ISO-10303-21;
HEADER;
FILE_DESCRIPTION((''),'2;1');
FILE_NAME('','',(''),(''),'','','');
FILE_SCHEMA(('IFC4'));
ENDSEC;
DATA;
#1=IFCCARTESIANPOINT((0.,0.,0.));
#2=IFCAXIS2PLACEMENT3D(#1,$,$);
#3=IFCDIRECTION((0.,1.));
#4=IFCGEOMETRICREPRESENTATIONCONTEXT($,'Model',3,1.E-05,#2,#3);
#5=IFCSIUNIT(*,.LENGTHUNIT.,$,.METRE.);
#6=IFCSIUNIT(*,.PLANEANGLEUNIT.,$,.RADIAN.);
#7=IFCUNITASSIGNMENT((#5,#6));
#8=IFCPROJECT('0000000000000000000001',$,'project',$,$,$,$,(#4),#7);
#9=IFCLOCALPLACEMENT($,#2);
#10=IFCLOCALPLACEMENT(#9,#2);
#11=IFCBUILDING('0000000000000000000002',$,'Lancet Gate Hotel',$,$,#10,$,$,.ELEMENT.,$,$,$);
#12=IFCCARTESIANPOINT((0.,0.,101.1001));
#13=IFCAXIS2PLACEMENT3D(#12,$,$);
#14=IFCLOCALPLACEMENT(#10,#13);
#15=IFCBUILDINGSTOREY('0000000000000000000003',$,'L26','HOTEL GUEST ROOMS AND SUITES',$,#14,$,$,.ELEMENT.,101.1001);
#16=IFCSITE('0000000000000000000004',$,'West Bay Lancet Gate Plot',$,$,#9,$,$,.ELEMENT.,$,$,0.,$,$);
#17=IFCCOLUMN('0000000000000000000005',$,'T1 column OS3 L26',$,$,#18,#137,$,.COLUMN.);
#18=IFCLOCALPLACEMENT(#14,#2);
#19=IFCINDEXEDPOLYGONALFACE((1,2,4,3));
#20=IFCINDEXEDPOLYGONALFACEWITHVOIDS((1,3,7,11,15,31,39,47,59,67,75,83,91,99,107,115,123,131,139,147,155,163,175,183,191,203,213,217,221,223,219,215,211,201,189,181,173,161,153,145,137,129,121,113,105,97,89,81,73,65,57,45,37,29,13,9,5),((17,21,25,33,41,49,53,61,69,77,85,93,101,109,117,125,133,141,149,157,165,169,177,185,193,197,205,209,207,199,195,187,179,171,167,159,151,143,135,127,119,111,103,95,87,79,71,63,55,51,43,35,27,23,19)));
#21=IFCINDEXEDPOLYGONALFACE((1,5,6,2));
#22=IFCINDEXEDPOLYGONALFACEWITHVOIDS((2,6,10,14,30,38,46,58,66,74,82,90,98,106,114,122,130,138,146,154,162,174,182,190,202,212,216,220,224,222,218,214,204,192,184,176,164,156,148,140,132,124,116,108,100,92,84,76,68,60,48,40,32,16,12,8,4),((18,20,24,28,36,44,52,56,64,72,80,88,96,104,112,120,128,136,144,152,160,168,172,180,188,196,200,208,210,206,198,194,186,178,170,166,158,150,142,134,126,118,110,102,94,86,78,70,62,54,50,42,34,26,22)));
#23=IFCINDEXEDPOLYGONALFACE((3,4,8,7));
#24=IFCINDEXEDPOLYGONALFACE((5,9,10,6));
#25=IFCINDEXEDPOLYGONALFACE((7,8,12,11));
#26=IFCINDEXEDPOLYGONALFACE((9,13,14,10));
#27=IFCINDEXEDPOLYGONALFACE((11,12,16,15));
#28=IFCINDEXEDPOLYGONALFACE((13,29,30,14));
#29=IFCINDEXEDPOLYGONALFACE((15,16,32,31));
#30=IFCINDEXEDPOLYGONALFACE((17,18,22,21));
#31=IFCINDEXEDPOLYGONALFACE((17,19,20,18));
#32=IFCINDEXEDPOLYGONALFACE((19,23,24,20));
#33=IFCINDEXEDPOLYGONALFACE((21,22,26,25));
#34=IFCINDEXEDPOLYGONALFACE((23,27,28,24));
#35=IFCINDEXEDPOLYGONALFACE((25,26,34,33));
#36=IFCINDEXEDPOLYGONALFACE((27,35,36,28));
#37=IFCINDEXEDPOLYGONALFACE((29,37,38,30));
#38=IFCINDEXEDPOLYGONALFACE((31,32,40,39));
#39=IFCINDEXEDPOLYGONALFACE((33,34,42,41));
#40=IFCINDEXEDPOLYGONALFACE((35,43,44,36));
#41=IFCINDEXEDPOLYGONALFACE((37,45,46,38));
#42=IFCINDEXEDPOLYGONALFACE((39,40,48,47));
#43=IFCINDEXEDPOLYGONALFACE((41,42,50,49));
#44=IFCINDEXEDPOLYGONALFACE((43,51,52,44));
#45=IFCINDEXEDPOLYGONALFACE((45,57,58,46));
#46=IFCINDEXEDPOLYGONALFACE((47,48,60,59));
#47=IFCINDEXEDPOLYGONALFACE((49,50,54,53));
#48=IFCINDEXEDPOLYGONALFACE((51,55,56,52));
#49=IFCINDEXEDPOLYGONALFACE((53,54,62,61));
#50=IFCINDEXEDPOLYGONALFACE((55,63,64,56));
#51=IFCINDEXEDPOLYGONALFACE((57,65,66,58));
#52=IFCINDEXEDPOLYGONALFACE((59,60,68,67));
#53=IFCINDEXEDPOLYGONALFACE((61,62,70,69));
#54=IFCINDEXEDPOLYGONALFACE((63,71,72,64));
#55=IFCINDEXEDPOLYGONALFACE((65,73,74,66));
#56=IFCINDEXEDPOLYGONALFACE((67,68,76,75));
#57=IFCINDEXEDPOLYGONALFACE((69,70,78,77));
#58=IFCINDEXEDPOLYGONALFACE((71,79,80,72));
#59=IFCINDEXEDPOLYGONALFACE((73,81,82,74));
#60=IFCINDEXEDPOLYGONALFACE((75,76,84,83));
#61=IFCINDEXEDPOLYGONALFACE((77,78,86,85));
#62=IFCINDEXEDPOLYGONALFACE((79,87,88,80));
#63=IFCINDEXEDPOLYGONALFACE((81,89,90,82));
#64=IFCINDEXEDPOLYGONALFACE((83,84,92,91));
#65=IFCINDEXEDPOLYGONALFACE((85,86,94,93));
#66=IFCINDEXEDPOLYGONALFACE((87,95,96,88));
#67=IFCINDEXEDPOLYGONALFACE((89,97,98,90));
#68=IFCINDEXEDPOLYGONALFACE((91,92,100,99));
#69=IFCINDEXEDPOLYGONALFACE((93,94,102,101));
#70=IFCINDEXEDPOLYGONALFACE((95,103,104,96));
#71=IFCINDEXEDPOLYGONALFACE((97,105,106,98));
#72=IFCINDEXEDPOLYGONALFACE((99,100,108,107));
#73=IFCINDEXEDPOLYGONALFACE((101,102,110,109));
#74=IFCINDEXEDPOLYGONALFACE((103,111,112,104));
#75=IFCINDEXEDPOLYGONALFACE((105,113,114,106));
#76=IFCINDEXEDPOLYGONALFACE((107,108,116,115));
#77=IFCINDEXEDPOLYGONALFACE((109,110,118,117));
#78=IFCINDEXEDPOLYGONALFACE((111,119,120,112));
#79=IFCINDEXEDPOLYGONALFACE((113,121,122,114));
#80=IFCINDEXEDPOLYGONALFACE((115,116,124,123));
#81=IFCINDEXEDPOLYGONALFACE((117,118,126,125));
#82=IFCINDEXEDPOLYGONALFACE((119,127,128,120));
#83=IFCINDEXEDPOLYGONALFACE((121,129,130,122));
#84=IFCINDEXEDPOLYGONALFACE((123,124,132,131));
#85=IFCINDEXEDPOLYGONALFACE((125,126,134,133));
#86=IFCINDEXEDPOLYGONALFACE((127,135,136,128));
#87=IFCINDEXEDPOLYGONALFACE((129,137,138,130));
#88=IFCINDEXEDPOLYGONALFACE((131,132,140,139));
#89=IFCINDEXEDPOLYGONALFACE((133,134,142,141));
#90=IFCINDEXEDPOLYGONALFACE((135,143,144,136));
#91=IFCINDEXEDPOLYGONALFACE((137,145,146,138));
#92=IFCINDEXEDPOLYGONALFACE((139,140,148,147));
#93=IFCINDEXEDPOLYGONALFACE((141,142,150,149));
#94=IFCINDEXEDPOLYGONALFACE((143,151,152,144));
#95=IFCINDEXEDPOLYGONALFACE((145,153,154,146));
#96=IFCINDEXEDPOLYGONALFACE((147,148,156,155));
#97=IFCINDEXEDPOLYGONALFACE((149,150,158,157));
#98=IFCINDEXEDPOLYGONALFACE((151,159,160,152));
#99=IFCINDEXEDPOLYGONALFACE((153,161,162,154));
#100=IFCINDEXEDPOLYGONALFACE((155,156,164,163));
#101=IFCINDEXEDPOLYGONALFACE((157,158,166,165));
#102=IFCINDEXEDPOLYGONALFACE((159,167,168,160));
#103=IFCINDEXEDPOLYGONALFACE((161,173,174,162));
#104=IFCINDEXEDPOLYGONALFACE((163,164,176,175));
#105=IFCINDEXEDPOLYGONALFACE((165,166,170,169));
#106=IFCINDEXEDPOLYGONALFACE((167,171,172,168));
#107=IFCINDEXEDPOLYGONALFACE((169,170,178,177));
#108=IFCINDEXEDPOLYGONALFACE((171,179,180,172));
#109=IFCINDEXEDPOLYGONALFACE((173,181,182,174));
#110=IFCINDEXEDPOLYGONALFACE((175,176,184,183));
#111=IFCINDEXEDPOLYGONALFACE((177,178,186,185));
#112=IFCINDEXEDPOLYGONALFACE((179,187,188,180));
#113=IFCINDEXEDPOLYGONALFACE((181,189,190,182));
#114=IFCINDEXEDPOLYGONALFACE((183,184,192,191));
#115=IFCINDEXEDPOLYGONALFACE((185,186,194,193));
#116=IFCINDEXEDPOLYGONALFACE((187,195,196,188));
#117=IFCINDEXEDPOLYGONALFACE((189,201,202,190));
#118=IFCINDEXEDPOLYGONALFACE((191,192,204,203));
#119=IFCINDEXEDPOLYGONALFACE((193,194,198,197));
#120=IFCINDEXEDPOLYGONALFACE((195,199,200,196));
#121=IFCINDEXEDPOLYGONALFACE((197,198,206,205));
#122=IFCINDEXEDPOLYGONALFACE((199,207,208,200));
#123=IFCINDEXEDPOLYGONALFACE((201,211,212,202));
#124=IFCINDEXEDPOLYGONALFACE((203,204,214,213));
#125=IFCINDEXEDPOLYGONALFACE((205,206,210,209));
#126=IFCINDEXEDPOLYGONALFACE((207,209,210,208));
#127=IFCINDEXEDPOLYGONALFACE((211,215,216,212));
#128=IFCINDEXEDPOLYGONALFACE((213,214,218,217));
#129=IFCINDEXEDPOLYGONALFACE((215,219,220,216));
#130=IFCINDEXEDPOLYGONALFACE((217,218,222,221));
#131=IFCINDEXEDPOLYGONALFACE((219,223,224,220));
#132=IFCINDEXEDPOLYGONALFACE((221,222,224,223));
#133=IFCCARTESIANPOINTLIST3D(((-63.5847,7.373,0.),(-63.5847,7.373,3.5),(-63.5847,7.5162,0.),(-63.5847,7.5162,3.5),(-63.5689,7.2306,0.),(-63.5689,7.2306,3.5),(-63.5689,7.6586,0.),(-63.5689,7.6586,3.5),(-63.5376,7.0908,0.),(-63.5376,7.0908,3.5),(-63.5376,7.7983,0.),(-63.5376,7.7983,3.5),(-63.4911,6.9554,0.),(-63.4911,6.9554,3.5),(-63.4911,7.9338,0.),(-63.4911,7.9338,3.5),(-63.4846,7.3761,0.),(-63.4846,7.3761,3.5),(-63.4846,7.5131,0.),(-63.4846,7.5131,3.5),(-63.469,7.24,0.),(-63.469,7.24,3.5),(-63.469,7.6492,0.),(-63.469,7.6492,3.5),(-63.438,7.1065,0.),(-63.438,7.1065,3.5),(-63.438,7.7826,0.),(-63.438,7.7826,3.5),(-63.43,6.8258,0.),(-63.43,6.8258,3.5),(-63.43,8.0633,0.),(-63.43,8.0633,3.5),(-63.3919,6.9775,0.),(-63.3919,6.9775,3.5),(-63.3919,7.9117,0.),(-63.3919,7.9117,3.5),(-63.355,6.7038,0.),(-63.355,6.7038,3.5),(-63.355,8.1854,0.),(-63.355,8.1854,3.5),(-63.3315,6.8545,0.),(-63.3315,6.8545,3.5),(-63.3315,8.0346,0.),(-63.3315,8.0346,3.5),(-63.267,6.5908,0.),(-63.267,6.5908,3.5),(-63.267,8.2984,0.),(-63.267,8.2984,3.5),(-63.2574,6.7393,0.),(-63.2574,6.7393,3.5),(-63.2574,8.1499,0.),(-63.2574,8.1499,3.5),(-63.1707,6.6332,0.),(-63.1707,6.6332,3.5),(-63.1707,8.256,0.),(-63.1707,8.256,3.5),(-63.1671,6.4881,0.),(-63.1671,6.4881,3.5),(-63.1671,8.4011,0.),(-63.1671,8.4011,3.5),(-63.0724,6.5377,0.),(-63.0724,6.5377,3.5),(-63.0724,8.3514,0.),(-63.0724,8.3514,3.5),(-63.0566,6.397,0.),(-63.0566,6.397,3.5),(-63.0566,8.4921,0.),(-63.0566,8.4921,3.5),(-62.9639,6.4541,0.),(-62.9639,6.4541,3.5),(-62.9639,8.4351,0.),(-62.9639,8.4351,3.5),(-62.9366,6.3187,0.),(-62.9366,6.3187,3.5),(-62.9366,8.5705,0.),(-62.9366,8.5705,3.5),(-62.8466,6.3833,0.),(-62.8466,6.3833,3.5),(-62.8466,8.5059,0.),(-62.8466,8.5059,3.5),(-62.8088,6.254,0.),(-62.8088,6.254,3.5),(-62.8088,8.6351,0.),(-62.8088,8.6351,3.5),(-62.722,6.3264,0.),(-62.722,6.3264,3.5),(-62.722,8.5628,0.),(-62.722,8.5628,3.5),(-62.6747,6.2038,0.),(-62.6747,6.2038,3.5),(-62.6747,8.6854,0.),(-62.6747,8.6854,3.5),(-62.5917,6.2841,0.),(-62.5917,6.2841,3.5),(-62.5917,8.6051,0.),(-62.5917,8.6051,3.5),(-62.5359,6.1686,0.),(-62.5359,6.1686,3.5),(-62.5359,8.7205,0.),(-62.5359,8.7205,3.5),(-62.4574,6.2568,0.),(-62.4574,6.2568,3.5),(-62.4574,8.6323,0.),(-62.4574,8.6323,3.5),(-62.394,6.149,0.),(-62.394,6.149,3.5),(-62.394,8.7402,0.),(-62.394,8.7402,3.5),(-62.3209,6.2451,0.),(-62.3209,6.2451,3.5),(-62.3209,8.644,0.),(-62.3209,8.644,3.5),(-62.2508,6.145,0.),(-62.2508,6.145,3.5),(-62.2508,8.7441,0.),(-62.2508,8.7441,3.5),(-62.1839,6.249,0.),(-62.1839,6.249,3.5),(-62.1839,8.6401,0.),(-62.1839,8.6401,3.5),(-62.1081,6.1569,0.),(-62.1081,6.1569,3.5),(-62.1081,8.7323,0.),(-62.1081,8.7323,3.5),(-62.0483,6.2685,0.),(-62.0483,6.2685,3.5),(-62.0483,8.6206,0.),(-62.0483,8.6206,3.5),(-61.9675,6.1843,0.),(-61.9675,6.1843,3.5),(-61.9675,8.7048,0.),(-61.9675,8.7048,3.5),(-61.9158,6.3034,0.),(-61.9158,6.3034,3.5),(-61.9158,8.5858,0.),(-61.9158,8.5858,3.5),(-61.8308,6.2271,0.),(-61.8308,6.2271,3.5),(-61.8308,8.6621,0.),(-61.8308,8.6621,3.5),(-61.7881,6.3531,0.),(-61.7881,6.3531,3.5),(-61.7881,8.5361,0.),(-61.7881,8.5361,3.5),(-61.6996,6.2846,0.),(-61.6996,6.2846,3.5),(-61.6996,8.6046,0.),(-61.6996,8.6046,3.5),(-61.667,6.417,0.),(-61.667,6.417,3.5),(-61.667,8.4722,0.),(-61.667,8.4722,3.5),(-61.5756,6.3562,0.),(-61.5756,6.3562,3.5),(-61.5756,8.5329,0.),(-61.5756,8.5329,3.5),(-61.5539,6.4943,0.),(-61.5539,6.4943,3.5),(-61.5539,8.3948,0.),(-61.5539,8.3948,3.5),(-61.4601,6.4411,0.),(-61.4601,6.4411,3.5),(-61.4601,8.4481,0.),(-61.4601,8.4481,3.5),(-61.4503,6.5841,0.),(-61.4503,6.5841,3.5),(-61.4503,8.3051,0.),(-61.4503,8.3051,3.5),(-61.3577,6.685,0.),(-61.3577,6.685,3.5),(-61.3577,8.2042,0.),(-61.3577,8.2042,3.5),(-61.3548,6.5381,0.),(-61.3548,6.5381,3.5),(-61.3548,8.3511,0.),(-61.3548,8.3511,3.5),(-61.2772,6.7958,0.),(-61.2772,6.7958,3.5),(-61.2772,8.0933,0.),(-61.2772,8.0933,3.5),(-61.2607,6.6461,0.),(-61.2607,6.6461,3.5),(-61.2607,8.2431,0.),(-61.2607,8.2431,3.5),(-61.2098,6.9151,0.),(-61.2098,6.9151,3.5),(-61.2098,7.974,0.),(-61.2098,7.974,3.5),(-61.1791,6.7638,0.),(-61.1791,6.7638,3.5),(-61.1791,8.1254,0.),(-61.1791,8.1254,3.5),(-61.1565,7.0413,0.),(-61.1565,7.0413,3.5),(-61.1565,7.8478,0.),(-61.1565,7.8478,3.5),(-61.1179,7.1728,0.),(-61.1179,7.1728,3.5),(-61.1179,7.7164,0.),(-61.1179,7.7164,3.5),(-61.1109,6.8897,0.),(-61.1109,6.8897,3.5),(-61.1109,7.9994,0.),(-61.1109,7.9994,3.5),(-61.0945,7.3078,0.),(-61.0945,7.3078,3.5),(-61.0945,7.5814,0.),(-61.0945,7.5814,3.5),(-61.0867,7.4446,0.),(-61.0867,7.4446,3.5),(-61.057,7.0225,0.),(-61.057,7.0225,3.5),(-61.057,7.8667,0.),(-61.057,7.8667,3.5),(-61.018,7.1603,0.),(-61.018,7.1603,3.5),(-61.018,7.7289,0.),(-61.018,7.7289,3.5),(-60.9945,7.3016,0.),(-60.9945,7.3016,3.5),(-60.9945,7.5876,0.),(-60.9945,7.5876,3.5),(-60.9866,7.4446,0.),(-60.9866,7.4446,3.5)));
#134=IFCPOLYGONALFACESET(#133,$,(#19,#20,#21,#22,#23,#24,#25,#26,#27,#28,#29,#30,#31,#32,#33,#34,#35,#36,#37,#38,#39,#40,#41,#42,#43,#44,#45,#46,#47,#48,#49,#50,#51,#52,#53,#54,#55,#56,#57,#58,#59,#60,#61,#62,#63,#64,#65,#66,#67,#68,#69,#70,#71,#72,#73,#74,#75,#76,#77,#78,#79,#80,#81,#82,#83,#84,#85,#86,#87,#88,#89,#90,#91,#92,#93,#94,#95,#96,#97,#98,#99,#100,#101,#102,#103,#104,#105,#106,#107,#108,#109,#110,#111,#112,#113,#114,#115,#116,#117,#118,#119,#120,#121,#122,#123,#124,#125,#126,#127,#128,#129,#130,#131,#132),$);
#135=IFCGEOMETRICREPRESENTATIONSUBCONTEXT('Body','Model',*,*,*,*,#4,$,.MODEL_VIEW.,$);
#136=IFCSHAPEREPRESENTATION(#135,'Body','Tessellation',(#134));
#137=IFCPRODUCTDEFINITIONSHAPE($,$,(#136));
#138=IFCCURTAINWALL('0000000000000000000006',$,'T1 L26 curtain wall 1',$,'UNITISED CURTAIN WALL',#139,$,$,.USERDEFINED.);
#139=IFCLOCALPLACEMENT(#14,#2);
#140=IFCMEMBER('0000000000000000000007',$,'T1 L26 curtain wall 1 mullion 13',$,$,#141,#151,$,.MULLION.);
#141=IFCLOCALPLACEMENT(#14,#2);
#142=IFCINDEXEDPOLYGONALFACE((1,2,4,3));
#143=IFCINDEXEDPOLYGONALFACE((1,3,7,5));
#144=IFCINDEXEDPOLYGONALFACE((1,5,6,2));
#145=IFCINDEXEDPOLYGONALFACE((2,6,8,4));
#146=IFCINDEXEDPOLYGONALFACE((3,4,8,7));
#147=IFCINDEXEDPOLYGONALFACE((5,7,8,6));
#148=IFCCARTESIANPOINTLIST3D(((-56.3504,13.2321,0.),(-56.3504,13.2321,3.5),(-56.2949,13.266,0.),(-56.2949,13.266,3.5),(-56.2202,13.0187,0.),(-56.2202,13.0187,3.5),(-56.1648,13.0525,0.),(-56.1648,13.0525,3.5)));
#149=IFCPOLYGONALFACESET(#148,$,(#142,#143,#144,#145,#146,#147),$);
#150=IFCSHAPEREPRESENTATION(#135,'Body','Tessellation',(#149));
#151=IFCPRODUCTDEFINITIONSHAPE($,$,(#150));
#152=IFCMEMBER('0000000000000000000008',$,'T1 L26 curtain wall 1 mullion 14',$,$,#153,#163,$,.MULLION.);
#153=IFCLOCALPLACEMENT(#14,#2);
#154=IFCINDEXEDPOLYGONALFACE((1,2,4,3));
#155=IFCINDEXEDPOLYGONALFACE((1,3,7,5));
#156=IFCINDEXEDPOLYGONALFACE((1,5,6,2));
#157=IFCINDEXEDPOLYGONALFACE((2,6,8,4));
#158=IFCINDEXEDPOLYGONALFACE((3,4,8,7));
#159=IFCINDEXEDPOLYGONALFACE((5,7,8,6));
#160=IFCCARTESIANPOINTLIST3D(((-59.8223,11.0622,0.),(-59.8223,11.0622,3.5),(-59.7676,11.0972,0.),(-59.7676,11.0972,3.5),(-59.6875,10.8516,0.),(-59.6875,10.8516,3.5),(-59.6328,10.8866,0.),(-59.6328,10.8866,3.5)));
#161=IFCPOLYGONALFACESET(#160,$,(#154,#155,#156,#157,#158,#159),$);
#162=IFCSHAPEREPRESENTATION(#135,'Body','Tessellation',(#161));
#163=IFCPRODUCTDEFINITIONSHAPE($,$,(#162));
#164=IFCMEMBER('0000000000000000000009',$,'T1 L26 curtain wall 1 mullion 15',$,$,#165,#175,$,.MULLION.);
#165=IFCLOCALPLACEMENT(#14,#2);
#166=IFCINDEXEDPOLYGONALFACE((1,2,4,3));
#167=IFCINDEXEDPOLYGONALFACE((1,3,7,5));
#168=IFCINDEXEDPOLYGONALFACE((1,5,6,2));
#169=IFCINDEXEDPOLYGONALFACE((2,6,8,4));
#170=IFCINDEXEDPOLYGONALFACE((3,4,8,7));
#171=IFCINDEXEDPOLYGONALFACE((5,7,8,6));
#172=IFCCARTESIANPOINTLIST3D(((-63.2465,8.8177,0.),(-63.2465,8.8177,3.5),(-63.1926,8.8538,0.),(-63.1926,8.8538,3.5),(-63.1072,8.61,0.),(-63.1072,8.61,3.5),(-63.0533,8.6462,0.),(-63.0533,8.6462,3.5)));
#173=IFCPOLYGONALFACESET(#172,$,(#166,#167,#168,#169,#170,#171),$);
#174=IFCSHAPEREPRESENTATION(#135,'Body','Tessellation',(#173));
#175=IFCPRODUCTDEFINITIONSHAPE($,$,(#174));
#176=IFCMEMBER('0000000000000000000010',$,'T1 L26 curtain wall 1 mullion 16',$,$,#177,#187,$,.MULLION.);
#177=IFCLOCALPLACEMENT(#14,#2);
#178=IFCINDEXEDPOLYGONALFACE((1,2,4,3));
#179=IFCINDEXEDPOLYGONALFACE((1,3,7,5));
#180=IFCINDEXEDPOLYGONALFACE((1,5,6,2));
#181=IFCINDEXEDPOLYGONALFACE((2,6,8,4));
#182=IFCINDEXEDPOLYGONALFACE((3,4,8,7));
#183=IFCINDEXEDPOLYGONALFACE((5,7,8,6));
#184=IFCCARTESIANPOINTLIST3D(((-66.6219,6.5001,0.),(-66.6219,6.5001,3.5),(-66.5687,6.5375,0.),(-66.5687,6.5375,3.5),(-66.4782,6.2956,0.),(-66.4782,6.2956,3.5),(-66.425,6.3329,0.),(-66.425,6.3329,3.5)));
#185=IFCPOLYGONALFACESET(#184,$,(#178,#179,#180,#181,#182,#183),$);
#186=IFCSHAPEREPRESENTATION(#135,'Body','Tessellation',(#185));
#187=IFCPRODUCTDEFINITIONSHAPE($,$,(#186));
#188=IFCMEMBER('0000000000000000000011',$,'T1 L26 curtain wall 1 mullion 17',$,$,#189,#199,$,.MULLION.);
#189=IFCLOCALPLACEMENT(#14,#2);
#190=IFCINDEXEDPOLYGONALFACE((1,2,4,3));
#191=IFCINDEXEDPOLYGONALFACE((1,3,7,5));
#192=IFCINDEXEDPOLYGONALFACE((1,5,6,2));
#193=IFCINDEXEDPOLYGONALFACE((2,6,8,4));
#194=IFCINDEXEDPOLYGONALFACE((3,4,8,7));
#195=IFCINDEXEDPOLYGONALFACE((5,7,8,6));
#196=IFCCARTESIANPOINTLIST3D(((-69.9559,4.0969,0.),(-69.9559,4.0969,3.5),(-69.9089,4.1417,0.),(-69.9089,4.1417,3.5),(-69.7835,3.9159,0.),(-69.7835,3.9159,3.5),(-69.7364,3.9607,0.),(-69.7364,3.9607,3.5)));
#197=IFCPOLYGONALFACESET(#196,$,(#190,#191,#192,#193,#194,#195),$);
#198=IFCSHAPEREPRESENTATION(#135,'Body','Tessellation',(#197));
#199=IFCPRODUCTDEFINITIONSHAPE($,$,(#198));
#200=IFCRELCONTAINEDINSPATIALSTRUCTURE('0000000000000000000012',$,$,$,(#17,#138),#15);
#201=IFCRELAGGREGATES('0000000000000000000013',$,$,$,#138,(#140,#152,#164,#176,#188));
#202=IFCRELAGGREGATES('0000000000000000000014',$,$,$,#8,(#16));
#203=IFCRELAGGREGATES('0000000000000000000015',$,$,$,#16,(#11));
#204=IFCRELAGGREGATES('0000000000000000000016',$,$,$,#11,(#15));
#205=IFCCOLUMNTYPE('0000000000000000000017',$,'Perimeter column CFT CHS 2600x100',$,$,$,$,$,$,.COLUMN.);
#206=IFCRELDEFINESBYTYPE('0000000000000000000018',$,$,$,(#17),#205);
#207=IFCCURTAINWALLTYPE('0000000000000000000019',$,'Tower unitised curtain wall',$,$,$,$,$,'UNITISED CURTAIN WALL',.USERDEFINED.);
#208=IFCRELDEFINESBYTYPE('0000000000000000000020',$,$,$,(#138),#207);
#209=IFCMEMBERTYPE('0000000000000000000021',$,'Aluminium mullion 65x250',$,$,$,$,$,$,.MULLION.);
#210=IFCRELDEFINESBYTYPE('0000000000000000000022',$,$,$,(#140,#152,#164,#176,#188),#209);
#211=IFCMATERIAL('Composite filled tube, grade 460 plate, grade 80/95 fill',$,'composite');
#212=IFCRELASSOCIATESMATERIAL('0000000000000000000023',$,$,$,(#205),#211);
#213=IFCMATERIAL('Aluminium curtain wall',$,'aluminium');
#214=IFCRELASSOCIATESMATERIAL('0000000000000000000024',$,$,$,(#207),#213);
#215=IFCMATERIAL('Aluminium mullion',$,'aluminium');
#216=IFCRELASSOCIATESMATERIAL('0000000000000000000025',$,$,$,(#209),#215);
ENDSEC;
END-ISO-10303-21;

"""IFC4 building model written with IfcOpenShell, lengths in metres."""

from ifc_helpers import new_model, si_unit, direction, frame, origin, origin_2d, place, context, subcontext, project, spatial, rectangle, hollow_circle, extrude, material, material_profile, profile_set, type_object, element, aggregate, save


model = new_model("IFC4")

# Units and contexts
model_context = context("Model", 3, precision=1e-05, world=origin(), true_north=direction((0.0, 1.0)))
body_context = subcontext(model_context, "Body", "Model", "MODEL_VIEW")
ifc_project = project(units=[si_unit("LENGTHUNIT", "METRE"), si_unit("PLANEANGLEUNIT", "RADIAN")], contexts=[model_context])

# Site, building, storey
site_placement = place(None, origin())
site = spatial("IfcSite", under=ifc_project, at=site_placement, Name="West Bay Lancet Gate Plot", CompositionType="ELEMENT", RefElevation=0.0)
building_placement = place(site_placement, origin())
building = spatial("IfcBuilding", under=site, at=building_placement, Name="Lancet Gate Hotel", CompositionType="ELEMENT")
storey_placement = place(building_placement, frame((0.0, 0.0, 101.1001)))
storey = spatial("IfcBuildingStorey", under=building, at=storey_placement, Name="L26", Description="HOTEL GUEST ROOMS AND SUITES", CompositionType="ELEMENT", Elevation=101.1001)

# Column
ifc_material_1 = material(Name="Composite filled tube, grade 460 plate, grade 80/95 fill", Category="composite")
ifc_material_profile_1 = material_profile(ifc_material_1, hollow_circle(Radius=1.3, WallThickness=0.1001, at=origin_2d()), Name="CHS 2600x100")
ifc_profile_set_1 = profile_set([ifc_material_profile_1], Name="Composite filled tube, grade 460 plate, grade 80/95 fill")
column_type = type_object("IfcColumnType", Name="Perimeter column CFT CHS 2600x100", PredefinedType="COLUMN", material=ifc_profile_set_1)
column_placement = place(storey_placement, frame((-62.2866, 7.4446, 0.0), z_axis=(0.0, 0.0, 1.0), x_axis=(1.0, 0.0, 0.0)))
element("IfcColumn", 1, at=column_placement, inside=storey, type_object=column_type, Name="T1 column OS3 L26", PredefinedType="COLUMN", context=body_context, shape_type="SweptSolid", body=[
    extrude(hollow_circle(Radius=1.3, WallThickness=0.1001, at=origin_2d()), origin(), (0.0, 0.0, 1.0), 3.5),
])

# Curtain wall, members
ifc_material_2 = material(Name="Aluminium curtain wall", Category="aluminium")
curtain_wall_type = type_object("IfcCurtainWallType", Name="Tower unitised curtain wall", ElementType="UNITISED CURTAIN WALL", PredefinedType="USERDEFINED", material=ifc_material_2)
curtain_wall_placement = place(storey_placement, origin())
curtain_wall = element("IfcCurtainWall", 2, at=curtain_wall_placement, inside=storey, type_object=curtain_wall_type, Name="T1 L26 curtain wall 1", ObjectType="UNITISED CURTAIN WALL", PredefinedType="USERDEFINED")
ifc_material_3 = material(Name="Aluminium mullion", Category="aluminium")
ifc_material_profile_2 = material_profile(ifc_material_3, rectangle(XDim=0.0649, YDim=0.25, at=origin_2d()), Name="MULLION 65x250")
ifc_profile_set_2 = profile_set([ifc_material_profile_2], Name="Aluminium mullion")
member_type_1 = type_object("IfcMemberType", Name="Aluminium mullion 65x250", PredefinedType="MULLION", material=ifc_profile_set_2)
member_1_placement = place(storey_placement, frame((-56.2576, 13.1423, 0.0), z_axis=(0.0, 0.0, 1.0), x_axis=(-0.853716, -0.520739, 0.0)))
member_1 = element("IfcMember", 3, at=member_1_placement, type_object=member_type_1, Name="T1 L26 curtain wall 1 mullion 13", PredefinedType="MULLION", context=body_context, shape_type="SweptSolid", body=[
    extrude(rectangle(XDim=0.0649, YDim=0.25, at=origin_2d()), origin(), (0.0, 0.0, 1.0), 3.5),
])
member_2_placement = place(storey_placement, frame((-59.7275, 10.9744, 0.0), z_axis=(0.0, 0.0, 1.0), x_axis=(-0.842308, -0.538996, 0.0)))
member_2 = element("IfcMember", 4, at=member_2_placement, type_object=member_type_1, Name="T1 L26 curtain wall 1 mullion 14", PredefinedType="MULLION", context=body_context, shape_type="SweptSolid", body=[
    extrude(rectangle(XDim=0.0649, YDim=0.25, at=origin_2d()), origin(), (0.0, 0.0, 1.0), 3.5),
])
member_3_placement = place(storey_placement, frame((-63.1499, 8.7319, 0.0), z_axis=(0.0, 0.0, 1.0), x_axis=(-0.83051, -0.557004, 0.0)))
member_3 = element("IfcMember", 5, at=member_3_placement, type_object=member_type_1, Name="T1 L26 curtain wall 1 mullion 15", PredefinedType="MULLION", context=body_context, shape_type="SweptSolid", body=[
    extrude(rectangle(XDim=0.0649, YDim=0.25, at=origin_2d()), origin(), (0.0, 0.0, 1.0), 3.5),
])
member_4_placement = place(storey_placement, frame((-66.5234, 6.4165, 0.0), z_axis=(0.0, 0.0, 1.0), x_axis=(-0.818327, -0.574753, 0.0)))
member_4 = element("IfcMember", 6, at=member_4_placement, type_object=member_type_1, Name="T1 L26 curtain wall 1 mullion 16", PredefinedType="MULLION", context=body_context, shape_type="SweptSolid", body=[
    extrude(rectangle(XDim=0.0649, YDim=0.25, at=origin_2d()), origin(), (0.0, 0.0, 1.0), 3.5),
])
member_5_placement = place(storey_placement, frame((-69.8462, 4.0288, 0.0), z_axis=(0.0, 0.0, 1.0), x_axis=(-0.723846, -0.689961, 0.0)))
member_5 = element("IfcMember", 7, at=member_5_placement, type_object=member_type_1, Name="T1 L26 curtain wall 1 mullion 17", PredefinedType="MULLION", context=body_context, shape_type="SweptSolid", body=[
    extrude(rectangle(XDim=0.0649, YDim=0.25, at=origin_2d()), origin(), (0.0, 0.0, 1.0), 3.5),
])

aggregate(curtain_wall, [member_1, member_2, member_3, member_4, member_5])

save(model, "model.ifc")
